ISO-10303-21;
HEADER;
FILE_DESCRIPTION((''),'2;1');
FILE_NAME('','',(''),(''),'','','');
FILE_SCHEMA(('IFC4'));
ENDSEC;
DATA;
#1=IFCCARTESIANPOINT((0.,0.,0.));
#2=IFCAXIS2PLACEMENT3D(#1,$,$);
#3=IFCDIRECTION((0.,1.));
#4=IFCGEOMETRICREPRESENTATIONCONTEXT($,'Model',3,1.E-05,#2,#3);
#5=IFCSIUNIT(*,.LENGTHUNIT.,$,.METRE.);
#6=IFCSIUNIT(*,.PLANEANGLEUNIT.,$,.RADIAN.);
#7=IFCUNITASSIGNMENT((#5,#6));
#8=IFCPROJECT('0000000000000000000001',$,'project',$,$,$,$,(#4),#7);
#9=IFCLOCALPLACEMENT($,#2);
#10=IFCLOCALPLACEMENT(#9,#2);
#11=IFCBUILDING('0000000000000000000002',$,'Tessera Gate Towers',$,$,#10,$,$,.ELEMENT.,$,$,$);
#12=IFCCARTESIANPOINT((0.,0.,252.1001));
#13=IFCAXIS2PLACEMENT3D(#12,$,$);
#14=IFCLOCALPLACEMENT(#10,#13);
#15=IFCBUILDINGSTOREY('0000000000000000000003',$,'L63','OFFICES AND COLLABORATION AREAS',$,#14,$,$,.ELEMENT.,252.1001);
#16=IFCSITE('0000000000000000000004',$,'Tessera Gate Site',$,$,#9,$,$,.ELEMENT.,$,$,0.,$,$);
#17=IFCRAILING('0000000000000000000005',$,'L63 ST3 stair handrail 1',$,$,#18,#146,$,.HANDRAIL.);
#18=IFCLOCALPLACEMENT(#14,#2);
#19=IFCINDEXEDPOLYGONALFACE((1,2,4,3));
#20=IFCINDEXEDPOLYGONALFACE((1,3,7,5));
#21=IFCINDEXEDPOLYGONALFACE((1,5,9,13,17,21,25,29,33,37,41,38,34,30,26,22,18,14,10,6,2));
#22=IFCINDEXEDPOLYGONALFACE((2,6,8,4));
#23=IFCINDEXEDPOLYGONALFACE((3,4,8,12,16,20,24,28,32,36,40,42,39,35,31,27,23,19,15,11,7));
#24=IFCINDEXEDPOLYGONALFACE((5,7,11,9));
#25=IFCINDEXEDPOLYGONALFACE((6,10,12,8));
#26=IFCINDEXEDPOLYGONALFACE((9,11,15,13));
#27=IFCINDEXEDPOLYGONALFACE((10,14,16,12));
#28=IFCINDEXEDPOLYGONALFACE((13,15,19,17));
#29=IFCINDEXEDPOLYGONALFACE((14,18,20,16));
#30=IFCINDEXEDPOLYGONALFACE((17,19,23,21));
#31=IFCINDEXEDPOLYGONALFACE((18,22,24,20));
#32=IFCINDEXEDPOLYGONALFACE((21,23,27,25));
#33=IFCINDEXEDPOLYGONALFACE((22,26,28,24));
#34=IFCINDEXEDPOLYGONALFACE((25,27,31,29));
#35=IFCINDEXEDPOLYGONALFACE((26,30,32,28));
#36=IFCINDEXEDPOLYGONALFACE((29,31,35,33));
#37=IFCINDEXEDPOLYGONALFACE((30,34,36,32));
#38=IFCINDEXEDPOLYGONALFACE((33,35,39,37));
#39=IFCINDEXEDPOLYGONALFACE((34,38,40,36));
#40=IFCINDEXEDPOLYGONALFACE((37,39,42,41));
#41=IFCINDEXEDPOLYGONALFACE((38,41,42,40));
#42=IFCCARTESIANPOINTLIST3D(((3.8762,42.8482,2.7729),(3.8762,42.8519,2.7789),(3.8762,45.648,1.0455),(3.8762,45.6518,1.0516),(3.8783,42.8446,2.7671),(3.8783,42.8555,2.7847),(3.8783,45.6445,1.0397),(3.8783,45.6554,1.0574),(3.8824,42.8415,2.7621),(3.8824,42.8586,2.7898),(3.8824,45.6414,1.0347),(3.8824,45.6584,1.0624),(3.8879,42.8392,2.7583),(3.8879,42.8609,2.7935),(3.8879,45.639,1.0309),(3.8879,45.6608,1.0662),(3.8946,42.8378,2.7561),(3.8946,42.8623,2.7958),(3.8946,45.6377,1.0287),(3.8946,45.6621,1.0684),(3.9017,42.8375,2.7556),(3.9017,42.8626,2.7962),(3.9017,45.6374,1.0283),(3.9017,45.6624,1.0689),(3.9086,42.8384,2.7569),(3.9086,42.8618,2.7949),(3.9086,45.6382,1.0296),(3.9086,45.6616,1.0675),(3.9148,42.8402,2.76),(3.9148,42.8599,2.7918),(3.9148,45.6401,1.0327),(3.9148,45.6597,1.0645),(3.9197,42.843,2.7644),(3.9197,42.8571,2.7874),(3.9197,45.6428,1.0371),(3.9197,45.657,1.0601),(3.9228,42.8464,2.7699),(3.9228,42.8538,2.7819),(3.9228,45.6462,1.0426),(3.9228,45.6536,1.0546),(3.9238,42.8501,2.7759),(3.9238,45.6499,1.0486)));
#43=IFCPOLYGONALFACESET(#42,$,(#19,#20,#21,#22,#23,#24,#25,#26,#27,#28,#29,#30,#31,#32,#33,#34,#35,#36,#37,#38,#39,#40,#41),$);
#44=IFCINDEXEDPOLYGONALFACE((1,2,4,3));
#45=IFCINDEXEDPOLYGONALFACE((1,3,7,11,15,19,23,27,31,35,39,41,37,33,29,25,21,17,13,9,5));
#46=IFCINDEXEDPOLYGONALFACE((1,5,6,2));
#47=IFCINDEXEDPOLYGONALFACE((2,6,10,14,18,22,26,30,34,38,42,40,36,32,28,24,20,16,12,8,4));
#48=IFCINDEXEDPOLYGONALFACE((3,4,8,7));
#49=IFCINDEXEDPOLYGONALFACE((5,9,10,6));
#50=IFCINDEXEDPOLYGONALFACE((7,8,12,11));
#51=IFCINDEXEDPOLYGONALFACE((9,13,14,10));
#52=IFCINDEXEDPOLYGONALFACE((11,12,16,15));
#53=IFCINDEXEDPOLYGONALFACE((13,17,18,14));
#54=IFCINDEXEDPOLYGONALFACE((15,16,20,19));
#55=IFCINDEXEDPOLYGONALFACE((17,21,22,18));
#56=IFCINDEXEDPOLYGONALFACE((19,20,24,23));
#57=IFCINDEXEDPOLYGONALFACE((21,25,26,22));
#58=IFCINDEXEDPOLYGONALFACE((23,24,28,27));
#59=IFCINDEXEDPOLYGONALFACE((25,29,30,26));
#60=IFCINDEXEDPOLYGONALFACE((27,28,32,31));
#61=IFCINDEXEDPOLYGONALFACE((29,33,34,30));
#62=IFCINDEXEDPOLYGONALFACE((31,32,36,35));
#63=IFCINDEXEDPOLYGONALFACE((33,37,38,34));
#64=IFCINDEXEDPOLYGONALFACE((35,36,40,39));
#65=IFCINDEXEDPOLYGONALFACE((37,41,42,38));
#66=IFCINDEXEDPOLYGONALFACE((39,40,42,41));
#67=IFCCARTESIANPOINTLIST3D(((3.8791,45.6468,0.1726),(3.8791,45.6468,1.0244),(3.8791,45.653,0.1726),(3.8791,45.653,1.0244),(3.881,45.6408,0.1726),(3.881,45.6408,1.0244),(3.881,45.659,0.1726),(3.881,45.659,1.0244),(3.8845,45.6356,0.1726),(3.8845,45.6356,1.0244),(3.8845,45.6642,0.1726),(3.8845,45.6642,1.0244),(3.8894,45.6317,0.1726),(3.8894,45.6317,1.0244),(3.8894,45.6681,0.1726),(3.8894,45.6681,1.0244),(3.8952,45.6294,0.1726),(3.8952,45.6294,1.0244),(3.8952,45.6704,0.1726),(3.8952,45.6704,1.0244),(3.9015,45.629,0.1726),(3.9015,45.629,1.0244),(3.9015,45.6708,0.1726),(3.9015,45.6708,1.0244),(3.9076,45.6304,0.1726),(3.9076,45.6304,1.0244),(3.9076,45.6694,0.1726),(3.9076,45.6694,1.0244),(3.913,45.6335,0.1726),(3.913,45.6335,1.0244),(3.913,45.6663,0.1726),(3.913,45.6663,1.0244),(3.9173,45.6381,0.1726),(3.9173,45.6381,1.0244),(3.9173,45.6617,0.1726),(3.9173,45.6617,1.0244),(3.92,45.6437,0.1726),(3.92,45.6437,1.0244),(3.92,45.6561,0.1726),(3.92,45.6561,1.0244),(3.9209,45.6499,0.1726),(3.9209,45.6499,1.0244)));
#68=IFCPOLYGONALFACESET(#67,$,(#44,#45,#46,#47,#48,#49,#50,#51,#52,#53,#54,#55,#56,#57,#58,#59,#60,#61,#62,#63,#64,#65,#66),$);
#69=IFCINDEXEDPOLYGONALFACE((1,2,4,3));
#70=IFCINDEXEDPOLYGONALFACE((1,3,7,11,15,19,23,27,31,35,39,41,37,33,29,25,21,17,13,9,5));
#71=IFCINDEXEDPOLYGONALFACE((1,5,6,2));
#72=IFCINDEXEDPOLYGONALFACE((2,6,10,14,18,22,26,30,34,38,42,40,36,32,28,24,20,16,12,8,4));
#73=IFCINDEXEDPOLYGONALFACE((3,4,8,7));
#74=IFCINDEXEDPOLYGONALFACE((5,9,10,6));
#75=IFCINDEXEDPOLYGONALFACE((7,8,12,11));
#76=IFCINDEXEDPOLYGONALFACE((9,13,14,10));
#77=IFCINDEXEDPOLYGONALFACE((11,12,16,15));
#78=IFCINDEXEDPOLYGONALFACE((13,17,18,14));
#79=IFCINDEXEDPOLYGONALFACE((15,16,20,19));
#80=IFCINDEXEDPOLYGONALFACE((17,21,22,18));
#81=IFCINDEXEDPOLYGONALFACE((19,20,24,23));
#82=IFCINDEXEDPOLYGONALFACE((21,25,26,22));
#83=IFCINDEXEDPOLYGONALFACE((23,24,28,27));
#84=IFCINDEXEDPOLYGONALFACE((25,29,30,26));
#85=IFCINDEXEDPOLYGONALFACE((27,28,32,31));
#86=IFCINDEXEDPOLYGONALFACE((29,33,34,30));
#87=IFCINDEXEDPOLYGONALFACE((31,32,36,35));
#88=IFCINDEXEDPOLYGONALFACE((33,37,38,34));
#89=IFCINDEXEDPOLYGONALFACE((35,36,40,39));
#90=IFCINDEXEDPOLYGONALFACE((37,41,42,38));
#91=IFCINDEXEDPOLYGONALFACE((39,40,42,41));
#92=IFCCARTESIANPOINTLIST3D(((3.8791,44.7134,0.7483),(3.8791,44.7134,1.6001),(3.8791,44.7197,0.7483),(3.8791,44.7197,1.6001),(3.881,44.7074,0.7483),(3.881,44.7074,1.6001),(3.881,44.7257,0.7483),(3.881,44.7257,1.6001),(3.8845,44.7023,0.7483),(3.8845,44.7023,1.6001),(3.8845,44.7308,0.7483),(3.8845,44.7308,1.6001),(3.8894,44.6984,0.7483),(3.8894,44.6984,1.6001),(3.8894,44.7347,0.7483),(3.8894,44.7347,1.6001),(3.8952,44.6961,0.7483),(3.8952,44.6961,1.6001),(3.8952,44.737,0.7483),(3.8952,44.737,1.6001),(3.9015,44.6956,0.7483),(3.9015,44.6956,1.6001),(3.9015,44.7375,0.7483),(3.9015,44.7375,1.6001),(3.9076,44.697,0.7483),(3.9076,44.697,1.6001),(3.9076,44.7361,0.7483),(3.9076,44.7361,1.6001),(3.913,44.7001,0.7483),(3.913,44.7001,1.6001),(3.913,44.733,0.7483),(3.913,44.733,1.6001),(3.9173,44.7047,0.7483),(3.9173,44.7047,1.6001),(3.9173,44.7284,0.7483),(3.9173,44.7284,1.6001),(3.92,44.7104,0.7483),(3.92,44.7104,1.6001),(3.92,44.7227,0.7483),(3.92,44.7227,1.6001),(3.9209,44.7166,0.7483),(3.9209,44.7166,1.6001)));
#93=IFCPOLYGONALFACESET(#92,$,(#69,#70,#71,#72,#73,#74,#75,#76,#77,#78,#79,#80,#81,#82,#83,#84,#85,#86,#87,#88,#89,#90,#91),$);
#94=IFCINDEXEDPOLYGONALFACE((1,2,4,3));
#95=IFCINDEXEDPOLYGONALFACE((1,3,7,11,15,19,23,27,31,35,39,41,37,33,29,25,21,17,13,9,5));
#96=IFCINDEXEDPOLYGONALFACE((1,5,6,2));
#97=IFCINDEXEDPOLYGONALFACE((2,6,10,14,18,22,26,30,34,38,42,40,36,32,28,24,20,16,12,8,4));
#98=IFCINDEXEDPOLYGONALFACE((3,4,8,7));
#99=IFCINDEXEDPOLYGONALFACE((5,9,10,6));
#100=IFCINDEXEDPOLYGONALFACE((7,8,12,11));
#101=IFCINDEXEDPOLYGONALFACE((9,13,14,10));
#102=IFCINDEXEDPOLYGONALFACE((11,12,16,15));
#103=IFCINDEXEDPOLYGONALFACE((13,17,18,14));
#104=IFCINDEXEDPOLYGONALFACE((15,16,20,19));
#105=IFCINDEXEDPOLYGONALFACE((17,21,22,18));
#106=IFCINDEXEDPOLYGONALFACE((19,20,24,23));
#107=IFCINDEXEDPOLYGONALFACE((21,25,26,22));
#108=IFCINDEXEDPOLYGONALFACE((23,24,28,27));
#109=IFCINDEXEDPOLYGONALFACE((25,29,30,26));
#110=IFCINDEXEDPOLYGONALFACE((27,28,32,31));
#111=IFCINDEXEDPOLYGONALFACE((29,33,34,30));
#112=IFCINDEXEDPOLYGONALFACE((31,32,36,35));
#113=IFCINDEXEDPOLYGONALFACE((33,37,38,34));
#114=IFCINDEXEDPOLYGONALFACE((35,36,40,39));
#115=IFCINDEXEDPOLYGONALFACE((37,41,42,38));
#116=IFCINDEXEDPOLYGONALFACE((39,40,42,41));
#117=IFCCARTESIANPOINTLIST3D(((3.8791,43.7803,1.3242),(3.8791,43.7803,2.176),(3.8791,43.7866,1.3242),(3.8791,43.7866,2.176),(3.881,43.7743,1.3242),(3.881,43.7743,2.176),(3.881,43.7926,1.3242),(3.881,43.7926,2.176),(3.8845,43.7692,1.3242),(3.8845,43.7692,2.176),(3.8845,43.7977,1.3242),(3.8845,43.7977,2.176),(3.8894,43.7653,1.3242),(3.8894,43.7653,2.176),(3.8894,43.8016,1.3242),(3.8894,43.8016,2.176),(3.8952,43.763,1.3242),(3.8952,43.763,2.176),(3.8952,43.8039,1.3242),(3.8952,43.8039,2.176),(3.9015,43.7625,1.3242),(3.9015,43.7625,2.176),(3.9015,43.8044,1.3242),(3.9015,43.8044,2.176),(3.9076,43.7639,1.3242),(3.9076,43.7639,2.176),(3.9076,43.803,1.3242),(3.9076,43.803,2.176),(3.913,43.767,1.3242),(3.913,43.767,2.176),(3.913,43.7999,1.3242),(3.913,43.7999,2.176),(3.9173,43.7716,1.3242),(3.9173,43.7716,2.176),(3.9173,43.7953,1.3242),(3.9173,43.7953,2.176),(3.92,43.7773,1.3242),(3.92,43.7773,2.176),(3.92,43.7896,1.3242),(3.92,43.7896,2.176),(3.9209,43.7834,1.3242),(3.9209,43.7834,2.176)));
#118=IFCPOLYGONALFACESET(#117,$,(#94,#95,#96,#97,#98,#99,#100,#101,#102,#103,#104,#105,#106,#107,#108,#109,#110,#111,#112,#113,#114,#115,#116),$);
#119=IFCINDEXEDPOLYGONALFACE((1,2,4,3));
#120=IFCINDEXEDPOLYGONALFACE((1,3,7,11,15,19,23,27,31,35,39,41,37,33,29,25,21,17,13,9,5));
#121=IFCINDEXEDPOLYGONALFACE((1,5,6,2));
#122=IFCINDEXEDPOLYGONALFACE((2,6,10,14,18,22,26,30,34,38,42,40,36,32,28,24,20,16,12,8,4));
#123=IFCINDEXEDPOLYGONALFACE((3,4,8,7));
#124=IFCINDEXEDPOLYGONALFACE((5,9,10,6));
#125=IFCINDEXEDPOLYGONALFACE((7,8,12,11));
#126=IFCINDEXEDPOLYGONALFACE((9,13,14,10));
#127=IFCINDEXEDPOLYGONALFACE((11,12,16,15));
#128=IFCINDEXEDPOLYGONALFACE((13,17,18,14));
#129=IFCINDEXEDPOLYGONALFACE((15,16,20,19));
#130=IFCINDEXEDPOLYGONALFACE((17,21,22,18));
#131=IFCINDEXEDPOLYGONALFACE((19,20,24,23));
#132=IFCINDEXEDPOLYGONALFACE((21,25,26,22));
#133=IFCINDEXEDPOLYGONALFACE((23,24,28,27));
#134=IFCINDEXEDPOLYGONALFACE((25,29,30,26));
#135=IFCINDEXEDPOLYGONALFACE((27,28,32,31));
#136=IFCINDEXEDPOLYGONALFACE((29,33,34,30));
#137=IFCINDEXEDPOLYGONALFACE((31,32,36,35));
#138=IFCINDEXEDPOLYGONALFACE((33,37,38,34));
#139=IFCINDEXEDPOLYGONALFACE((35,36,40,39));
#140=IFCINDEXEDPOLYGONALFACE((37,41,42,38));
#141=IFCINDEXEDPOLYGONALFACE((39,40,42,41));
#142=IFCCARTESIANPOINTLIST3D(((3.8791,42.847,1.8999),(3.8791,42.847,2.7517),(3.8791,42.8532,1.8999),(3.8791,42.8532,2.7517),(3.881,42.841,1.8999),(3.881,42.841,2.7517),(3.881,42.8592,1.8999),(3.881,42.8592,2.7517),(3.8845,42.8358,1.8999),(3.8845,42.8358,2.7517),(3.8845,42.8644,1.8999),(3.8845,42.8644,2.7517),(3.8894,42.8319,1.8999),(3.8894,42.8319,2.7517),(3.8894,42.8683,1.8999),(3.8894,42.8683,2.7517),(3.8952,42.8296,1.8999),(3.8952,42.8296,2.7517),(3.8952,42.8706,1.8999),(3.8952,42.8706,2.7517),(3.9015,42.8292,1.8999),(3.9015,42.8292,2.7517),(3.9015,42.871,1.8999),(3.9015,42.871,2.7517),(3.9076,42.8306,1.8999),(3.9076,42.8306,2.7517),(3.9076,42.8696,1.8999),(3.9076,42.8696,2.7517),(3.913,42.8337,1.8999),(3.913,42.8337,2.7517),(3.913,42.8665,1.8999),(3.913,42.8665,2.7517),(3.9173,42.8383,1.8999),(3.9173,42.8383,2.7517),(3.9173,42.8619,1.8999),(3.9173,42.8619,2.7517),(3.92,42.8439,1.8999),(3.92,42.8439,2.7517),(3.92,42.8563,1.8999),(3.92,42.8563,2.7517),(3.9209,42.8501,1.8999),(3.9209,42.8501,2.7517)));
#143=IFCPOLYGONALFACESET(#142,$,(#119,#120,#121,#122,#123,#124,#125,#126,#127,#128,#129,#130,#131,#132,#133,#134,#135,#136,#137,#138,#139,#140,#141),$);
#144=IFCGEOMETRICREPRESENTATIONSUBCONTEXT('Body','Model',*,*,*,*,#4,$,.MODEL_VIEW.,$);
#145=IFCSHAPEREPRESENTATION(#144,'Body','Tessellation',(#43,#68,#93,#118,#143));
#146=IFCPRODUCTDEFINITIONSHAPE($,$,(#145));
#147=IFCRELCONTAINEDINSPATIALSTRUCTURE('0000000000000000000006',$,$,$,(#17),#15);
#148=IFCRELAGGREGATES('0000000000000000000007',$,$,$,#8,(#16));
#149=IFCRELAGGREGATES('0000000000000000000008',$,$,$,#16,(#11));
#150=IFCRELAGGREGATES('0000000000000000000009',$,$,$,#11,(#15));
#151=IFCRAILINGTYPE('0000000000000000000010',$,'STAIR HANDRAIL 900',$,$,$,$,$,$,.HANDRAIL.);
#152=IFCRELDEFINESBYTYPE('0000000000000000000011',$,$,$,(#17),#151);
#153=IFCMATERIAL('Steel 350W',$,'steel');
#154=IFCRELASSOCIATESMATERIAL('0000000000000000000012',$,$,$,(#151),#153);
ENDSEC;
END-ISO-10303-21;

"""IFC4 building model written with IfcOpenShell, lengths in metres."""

from ifc_helpers import new_model, si_unit, direction, frame, origin, origin_2d, place, context, subcontext, project, spatial, circle, extrude, material, type_object, element, save


model = new_model("IFC4")

# Units and contexts
model_context = context("Model", 3, precision=1e-05, world=origin(), true_north=direction((0.0, 1.0)))
body_context = subcontext(model_context, "Body", "Model", "MODEL_VIEW")
ifc_project = project(units=[si_unit("LENGTHUNIT", "METRE"), si_unit("PLANEANGLEUNIT", "RADIAN")], contexts=[model_context])

# Site, building, storey
site_placement = place(None, origin())
site = spatial("IfcSite", under=ifc_project, at=site_placement, Name="Tessera Gate Site", CompositionType="ELEMENT", RefElevation=0.0)
building_placement = place(site_placement, origin())
building = spatial("IfcBuilding", under=site, at=building_placement, Name="Tessera Gate Towers", CompositionType="ELEMENT")
storey_placement = place(building_placement, frame((0.0, 0.0, 252.1001)))
storey = spatial("IfcBuildingStorey", under=building, at=storey_placement, Name="L63", Description="OFFICES AND COLLABORATION AREAS", CompositionType="ELEMENT", Elevation=252.1001)

# Railing
ifc_material_1 = material(Name="Steel 350W", Category="steel")
railing_type_1 = type_object("IfcRailingType", Name="STAIR HANDRAIL 900", PredefinedType="HANDRAIL", material=ifc_material_1)
railing_1_placement = place(storey_placement, frame((3.8999, 45.6499, 0.1726)))
element("IfcRailing", 1, at=railing_1_placement, inside=storey, type_object=railing_type_1, Name="L63 ST3 stair handrail 1", PredefinedType="HANDRAIL", context=body_context, shape_type="SweptSolid", body=[
    extrude(circle(Radius=0.0239, at=origin_2d()), frame((0.0, 0.0, 0.876), z_axis=(0.0, -0.851069, 0.525054), x_axis=(1.0, 0.0, 0.0)), (0.0, 0.0, 1.0), 3.2898),
    extrude(circle(Radius=0.021, at=origin_2d()), origin(), (0.0, 0.0, 1.0), 0.8518),
    extrude(circle(Radius=0.021, at=origin_2d()), frame((0.0, -0.9333, 0.5757)), (0.0, 0.0, 1.0), 0.8518),
    extrude(circle(Radius=0.021, at=origin_2d()), frame((0.0, -1.8665, 1.1516)), (0.0, 0.0, 1.0), 0.8518),
    extrude(circle(Radius=0.021, at=origin_2d()), frame((0.0, -2.7998, 1.7273)), (0.0, 0.0, 1.0), 0.8518),
])

save(model, "model.ifc")
